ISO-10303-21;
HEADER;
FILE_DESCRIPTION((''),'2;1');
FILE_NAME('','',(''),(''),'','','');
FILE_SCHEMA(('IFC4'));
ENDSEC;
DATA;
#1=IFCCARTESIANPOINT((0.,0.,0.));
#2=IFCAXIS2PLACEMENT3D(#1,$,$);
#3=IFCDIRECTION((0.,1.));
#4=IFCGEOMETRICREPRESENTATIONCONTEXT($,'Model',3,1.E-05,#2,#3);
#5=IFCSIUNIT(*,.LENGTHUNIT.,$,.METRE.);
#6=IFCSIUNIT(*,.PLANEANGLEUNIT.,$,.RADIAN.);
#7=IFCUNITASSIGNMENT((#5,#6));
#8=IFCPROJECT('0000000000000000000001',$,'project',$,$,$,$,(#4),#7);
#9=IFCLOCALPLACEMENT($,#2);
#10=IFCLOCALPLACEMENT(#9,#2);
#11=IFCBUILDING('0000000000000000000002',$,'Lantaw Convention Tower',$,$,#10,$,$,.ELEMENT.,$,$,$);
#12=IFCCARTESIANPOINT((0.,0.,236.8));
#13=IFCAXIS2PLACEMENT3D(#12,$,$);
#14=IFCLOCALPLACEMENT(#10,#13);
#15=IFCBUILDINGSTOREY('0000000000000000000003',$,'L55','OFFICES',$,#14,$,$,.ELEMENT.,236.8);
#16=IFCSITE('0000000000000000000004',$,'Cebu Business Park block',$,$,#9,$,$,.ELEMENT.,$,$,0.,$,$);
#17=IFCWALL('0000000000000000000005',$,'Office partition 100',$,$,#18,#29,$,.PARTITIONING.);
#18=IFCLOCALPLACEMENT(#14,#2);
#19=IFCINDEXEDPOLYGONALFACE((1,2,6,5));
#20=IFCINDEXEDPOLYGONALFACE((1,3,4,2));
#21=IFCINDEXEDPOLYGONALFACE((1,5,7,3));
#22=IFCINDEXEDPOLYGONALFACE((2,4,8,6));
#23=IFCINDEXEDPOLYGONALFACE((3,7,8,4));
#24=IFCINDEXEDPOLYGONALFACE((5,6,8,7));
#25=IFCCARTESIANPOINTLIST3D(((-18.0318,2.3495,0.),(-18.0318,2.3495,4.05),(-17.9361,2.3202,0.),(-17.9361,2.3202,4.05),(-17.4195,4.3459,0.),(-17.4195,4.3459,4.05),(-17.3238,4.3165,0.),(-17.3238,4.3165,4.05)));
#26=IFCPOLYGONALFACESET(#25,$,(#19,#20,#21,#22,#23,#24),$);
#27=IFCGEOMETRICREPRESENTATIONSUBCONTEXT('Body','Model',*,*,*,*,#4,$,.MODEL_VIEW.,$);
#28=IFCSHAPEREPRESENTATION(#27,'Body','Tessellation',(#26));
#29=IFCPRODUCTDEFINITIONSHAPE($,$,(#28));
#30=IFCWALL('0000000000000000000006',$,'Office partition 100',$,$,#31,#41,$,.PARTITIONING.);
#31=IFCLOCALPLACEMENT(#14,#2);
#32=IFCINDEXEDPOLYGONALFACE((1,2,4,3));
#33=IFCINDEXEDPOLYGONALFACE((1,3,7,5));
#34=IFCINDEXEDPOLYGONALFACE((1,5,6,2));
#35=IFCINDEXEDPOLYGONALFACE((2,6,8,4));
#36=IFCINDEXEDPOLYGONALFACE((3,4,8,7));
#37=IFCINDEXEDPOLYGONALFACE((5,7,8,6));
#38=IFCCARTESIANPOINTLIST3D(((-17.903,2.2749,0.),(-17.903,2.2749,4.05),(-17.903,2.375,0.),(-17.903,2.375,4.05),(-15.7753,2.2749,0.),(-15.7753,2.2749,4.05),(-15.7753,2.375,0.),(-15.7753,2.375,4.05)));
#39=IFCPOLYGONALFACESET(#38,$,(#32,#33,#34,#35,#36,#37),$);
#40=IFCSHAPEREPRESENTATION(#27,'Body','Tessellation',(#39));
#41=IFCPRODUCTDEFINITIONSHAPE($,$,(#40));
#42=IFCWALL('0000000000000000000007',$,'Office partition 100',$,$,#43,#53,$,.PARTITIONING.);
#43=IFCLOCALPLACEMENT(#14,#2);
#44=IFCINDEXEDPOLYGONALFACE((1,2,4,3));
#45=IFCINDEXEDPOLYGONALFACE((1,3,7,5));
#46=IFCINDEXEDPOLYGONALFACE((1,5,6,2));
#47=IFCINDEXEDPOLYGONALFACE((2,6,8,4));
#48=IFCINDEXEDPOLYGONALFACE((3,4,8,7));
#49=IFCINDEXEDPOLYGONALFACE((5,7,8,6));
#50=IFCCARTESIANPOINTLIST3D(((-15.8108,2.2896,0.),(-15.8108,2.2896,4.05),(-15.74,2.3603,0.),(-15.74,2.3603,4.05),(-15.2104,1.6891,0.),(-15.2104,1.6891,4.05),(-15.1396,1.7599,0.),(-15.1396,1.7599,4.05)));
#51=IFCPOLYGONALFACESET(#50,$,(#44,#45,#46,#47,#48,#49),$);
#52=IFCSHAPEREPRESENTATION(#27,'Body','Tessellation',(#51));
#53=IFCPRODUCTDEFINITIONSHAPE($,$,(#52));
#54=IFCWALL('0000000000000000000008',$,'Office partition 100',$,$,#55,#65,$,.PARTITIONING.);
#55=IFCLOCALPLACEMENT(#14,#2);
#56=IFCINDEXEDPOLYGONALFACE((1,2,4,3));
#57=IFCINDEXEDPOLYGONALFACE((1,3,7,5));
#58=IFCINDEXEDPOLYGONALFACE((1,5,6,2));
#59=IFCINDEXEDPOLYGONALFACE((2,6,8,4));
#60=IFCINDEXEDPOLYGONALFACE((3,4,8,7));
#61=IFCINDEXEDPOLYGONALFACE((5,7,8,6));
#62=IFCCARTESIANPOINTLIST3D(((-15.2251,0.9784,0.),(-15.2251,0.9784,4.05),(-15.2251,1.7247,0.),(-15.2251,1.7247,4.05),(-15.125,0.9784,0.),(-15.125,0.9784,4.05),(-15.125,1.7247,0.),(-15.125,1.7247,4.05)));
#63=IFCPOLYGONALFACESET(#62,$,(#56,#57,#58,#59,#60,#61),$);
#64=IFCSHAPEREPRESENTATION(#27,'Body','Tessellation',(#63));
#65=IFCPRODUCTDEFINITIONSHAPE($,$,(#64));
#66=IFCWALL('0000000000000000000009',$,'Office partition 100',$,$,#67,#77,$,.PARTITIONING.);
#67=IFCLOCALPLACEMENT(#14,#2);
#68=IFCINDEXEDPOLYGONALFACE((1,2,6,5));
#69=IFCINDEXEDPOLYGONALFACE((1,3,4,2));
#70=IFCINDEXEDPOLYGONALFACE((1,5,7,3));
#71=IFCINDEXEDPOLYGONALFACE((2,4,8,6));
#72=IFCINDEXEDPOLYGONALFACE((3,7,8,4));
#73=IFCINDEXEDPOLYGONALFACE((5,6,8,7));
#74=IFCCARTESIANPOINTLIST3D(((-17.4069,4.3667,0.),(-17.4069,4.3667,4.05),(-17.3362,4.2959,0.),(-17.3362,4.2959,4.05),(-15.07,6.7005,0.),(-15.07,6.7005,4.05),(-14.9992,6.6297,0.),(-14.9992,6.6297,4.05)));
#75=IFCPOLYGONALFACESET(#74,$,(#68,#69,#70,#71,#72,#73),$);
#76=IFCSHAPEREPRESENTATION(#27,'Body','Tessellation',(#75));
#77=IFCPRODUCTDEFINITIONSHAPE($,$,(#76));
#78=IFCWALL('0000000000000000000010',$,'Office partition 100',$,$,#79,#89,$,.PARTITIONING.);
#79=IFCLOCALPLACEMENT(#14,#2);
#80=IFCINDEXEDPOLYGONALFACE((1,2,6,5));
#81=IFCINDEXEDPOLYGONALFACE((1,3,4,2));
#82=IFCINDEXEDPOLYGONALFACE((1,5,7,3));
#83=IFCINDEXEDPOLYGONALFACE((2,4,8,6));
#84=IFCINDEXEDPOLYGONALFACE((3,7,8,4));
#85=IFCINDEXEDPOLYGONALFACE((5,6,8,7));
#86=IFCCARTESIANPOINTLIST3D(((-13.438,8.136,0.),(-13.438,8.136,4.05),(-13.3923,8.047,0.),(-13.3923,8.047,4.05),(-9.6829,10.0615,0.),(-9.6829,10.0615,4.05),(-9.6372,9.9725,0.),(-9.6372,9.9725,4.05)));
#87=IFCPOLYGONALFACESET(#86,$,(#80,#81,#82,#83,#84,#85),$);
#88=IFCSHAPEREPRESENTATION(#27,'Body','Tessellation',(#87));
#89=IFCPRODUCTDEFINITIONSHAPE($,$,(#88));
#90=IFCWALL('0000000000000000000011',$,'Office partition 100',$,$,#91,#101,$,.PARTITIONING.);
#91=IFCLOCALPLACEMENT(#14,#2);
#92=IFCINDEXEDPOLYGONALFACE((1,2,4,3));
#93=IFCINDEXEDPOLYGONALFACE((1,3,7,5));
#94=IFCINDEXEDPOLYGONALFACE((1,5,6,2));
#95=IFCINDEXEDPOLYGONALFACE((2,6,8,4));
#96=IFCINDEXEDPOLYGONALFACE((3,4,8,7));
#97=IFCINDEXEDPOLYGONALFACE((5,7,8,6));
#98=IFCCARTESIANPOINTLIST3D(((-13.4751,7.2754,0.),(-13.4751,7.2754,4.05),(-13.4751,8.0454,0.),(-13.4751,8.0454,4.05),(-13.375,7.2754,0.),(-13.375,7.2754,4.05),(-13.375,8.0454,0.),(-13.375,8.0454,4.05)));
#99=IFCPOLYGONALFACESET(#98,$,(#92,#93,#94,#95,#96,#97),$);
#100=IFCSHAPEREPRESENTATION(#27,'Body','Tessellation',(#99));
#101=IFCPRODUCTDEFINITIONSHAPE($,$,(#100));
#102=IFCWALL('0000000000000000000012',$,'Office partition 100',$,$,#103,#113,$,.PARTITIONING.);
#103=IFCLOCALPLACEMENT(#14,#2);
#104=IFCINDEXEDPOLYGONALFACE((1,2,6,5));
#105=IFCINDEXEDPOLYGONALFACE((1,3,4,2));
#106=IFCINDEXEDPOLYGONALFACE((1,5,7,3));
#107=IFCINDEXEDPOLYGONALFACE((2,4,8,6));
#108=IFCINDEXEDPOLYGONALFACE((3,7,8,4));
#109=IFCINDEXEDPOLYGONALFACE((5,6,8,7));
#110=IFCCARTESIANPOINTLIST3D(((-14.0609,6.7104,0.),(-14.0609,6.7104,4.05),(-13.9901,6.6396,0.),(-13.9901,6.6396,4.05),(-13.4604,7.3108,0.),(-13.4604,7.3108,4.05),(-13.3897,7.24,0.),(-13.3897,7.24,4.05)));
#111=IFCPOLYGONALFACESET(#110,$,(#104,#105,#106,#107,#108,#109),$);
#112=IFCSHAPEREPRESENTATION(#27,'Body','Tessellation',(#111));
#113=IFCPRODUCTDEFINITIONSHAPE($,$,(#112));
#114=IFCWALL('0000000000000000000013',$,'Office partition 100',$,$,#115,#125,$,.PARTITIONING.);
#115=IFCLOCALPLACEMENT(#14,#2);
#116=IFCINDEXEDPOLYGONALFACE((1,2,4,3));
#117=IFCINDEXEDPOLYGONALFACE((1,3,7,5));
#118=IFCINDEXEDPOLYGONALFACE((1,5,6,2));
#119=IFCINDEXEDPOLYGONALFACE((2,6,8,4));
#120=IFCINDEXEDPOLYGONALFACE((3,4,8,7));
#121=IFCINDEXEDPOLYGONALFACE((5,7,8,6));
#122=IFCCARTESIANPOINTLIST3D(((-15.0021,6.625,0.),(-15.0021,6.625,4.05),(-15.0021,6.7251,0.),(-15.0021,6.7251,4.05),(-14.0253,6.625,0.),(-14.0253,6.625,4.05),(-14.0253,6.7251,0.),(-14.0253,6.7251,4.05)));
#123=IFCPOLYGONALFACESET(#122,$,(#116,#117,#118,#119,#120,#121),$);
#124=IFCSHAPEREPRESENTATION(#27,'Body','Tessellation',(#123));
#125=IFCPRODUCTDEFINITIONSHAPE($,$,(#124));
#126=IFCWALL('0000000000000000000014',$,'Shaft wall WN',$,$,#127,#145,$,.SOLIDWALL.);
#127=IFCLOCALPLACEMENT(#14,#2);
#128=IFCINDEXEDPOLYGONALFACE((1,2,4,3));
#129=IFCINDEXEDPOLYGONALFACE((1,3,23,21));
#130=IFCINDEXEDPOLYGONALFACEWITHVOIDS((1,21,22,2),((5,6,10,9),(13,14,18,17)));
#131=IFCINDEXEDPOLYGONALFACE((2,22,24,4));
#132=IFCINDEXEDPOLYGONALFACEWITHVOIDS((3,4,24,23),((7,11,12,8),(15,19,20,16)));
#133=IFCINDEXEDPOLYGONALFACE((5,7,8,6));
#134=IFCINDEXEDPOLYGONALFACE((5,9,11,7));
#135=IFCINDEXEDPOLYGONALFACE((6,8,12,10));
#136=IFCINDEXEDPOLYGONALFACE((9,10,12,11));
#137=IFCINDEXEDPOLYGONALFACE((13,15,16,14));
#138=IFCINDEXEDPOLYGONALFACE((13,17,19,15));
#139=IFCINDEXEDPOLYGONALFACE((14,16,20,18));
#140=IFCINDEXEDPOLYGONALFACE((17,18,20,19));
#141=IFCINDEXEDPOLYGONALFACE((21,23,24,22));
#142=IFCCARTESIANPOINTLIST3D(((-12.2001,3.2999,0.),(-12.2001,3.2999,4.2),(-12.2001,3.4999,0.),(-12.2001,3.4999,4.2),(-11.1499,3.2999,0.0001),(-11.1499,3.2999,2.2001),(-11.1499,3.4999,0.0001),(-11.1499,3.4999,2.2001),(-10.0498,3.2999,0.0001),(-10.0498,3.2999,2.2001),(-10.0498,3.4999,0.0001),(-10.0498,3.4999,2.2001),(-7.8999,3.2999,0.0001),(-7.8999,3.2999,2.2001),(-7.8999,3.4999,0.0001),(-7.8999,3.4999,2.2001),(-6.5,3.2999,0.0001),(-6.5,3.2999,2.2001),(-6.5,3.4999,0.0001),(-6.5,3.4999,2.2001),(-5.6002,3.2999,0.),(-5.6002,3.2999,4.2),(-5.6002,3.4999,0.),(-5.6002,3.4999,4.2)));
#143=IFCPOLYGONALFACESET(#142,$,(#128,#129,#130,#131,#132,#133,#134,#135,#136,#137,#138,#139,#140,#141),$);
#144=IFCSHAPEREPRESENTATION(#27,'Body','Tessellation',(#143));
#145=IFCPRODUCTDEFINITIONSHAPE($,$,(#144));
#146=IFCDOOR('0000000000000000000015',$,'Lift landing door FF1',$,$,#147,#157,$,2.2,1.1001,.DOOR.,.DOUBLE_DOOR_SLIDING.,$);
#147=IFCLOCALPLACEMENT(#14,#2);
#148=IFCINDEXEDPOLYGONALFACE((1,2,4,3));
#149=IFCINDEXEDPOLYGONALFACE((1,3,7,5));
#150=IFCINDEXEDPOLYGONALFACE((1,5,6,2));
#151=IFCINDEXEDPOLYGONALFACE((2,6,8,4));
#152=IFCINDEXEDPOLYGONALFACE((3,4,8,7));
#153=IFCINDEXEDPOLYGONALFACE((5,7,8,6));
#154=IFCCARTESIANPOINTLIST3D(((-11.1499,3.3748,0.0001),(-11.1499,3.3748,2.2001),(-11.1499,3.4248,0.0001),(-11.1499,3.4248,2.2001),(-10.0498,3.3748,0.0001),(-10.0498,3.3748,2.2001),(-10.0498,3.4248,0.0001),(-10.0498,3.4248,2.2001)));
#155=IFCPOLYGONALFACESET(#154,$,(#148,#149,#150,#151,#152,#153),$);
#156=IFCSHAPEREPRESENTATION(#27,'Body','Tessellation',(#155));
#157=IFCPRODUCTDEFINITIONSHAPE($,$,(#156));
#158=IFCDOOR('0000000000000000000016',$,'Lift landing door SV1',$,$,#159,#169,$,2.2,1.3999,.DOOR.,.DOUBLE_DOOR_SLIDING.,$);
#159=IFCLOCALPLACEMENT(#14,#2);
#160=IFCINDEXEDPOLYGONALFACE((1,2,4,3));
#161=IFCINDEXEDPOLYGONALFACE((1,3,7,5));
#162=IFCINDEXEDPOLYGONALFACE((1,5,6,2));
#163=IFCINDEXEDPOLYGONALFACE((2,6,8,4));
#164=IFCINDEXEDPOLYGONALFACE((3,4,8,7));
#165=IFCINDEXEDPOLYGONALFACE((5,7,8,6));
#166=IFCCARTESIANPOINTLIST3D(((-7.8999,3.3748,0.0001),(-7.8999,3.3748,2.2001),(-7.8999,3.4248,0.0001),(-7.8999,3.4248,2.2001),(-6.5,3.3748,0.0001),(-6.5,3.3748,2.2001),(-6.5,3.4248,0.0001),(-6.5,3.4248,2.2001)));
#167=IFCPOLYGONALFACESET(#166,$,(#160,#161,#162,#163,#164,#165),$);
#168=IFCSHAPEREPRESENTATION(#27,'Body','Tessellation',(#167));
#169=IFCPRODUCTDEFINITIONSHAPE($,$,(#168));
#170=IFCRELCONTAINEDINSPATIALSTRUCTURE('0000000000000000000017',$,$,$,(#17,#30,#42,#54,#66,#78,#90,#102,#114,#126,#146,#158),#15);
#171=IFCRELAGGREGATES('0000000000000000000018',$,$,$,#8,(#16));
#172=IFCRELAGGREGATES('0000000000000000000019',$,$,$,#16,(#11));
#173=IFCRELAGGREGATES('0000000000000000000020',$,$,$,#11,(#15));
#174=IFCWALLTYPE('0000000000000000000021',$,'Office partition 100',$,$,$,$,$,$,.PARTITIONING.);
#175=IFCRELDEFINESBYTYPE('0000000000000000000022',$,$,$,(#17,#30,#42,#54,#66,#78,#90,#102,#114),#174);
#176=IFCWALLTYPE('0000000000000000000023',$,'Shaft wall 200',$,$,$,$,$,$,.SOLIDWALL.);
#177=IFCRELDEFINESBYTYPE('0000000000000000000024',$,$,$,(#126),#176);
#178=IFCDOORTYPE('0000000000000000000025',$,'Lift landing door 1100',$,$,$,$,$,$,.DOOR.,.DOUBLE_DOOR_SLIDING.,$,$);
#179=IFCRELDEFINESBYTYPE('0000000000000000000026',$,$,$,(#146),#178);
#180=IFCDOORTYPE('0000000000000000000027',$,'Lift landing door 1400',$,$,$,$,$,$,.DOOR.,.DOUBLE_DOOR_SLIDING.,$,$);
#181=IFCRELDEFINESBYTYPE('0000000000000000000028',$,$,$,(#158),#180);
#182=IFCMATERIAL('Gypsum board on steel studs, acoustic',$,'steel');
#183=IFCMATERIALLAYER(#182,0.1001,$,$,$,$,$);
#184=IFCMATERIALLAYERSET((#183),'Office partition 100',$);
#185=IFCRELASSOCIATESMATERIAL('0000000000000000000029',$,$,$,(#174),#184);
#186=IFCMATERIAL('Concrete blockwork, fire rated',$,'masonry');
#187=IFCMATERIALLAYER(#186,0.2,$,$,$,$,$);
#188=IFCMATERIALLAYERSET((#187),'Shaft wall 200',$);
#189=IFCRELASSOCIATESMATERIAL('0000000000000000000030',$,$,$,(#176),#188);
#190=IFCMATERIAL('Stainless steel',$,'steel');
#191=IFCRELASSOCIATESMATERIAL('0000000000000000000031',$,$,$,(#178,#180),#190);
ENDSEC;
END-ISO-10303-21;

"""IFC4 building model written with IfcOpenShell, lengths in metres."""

from ifc_helpers import new_model, si_unit, direction, frame, frame_2d, origin, place, context, subcontext, project, spatial, rectangle, extrude, material, layer, layer_set, type_object, element, fill, save


model = new_model("IFC4")

# Units and contexts
model_context = context("Model", 3, precision=1e-05, world=origin(), true_north=direction((0.0, 1.0)))
body_context = subcontext(model_context, "Body", "Model", "MODEL_VIEW")
ifc_project = project(units=[si_unit("LENGTHUNIT", "METRE"), si_unit("PLANEANGLEUNIT", "RADIAN")], contexts=[model_context])

# Site, building, storey
site_placement = place(None, origin())
site = spatial("IfcSite", under=ifc_project, at=site_placement, Name="Cebu Business Park block", CompositionType="ELEMENT", RefElevation=0.0)
building_placement = place(site_placement, origin())
building = spatial("IfcBuilding", under=site, at=building_placement, Name="Lantaw Convention Tower", CompositionType="ELEMENT")
storey_placement = place(building_placement, frame((0.0, 0.0, 236.8)))
storey = spatial("IfcBuildingStorey", under=building, at=storey_placement, Name="L55", Description="OFFICES", CompositionType="ELEMENT", Elevation=236.8)

# Shared definitions
ifc_material_1 = material(Name="Gypsum board on steel studs, acoustic", Category="steel")
ifc_layer_1 = layer(ifc_material_1, 0.1001)
ifc_layer_set_1 = layer_set([ifc_layer_1], Name="Office partition 100")
wall_type_1 = type_object("IfcWallType", Name="Office partition 100", PredefinedType="PARTITIONING", material=ifc_layer_set_1)

# Walls
wall_1_placement = place(storey_placement, frame((-17.9839, 2.335, 0.0), z_axis=(0.0, 0.0, 1.0), x_axis=(0.293231, 0.956042, 0.0)))
element("IfcWall", 1, at=wall_1_placement, inside=storey, type_object=wall_type_1, Name="Office partition 100", PredefinedType="PARTITIONING", context=body_context, shape_type="SweptSolid", body=[
    extrude(rectangle(XDim=2.0881, YDim=0.1001, at=frame_2d((1.0439, 0.0))), origin(), (0.0, 0.0, 1.0), 4.05),
])
wall_2_placement = place(storey_placement, frame((-17.9031, 2.325, 0.0), z_axis=(0.0, 0.0, 1.0), x_axis=(1.0, 0.0, 0.0)))
element("IfcWall", 2, at=wall_2_placement, inside=storey, type_object=wall_type_1, Name="Office partition 100", PredefinedType="PARTITIONING", context=body_context, shape_type="SweptSolid", body=[
    extrude(rectangle(XDim=2.1277, YDim=0.1001, at=frame_2d((1.064, 0.0))), origin(), (0.0, 0.0, 1.0), 4.05),
])
wall_3_placement = place(storey_placement, frame((-15.7754, 2.325, 0.0), z_axis=(0.0, 0.0, 1.0), x_axis=(0.707107, -0.707107, 0.0)))
element("IfcWall", 3, at=wall_3_placement, inside=storey, type_object=wall_type_1, Name="Office partition 100", PredefinedType="PARTITIONING", context=body_context, shape_type="SweptSolid", body=[
    extrude(rectangle(XDim=0.8491, YDim=0.1001, at=frame_2d((0.4246, 0.0))), origin(), (0.0, 0.0, 1.0), 4.05),
])
wall_4_placement = place(storey_placement, frame((-15.175, 1.7246, 0.0), z_axis=(0.0, 0.0, 1.0), x_axis=(0.0, -1.0, 0.0)))
element("IfcWall", 4, at=wall_4_placement, inside=storey, type_object=wall_type_1, Name="Office partition 100", PredefinedType="PARTITIONING", context=body_context, shape_type="SweptSolid", body=[
    extrude(rectangle(XDim=0.7463, YDim=0.1001, at=frame_2d((0.373, 0.0))), origin(), (0.0, 0.0, 1.0), 4.05),
])
wall_5_placement = place(storey_placement, frame((-17.3716, 4.3313, 0.0), z_axis=(0.0, 0.0, 1.0), x_axis=(0.707587, 0.706626, 0.0)))
element("IfcWall", 5, at=wall_5_placement, inside=storey, type_object=wall_type_1, Name="Office partition 100", PredefinedType="PARTITIONING", context=body_context, shape_type="SweptSolid", body=[
    extrude(rectangle(XDim=3.3027, YDim=0.1001, at=frame_2d((1.6514, 0.0))), origin(), (0.0, 0.0, 1.0), 4.05),
])
wall_6_placement = place(storey_placement, frame((-13.415, 8.0916, 0.0), z_axis=(0.0, 0.0, 1.0), x_axis=(0.889834, 0.456285, 0.0)))
element("IfcWall", 6, at=wall_6_placement, inside=storey, type_object=wall_type_1, Name="Office partition 100", PredefinedType="PARTITIONING", context=body_context, shape_type="SweptSolid", body=[
    extrude(rectangle(XDim=4.22, YDim=0.1001, at=frame_2d((2.1099, 0.0))), origin(), (0.0, 0.0, 1.0), 4.05),
])
wall_7_placement = place(storey_placement, frame((-13.425, 8.0454, 0.0), z_axis=(0.0, 0.0, 1.0), x_axis=(0.0, -1.0, 0.0)))
element("IfcWall", 7, at=wall_7_placement, inside=storey, type_object=wall_type_1, Name="Office partition 100", PredefinedType="PARTITIONING", context=body_context, shape_type="SweptSolid", body=[
    extrude(rectangle(XDim=0.77, YDim=0.1001, at=frame_2d((0.385, 0.0))), origin(), (0.0, 0.0, 1.0), 4.05),
])
wall_8_placement = place(storey_placement, frame((-13.425, 7.2754, 0.0), z_axis=(0.0, 0.0, 1.0), x_axis=(-0.707107, -0.707107, 0.0)))
element("IfcWall", 8, at=wall_8_placement, inside=storey, type_object=wall_type_1, Name="Office partition 100", PredefinedType="PARTITIONING", context=body_context, shape_type="SweptSolid", body=[
    extrude(rectangle(XDim=0.8491, YDim=0.1001, at=frame_2d((0.4246, 0.0))), origin(), (0.0, 0.0, 1.0), 4.05),
])
wall_9_placement = place(storey_placement, frame((-14.0254, 6.675, 0.0), z_axis=(0.0, 0.0, 1.0), x_axis=(-1.0, 0.0, 0.0)))
element("IfcWall", 9, at=wall_9_placement, inside=storey, type_object=wall_type_1, Name="Office partition 100", PredefinedType="PARTITIONING", context=body_context, shape_type="SweptSolid", body=[
    extrude(rectangle(XDim=0.9768, YDim=0.1001, at=frame_2d((0.4883, 0.0))), origin(), (0.0, 0.0, 1.0), 4.05),
])

# Wall, openings, doors
ifc_material_2 = material(Name="Concrete blockwork, fire rated", Category="masonry")
ifc_layer_2 = layer(ifc_material_2, 0.2)
ifc_layer_set_2 = layer_set([ifc_layer_2], Name="Shaft wall 200")
wall_type_2 = type_object("IfcWallType", Name="Shaft wall 200", PredefinedType="SOLIDWALL", material=ifc_layer_set_2)
wall_10_placement = place(storey_placement, frame((-12.2, 3.3999, 0.0), z_axis=(0.0, 0.0, 1.0), x_axis=(1.0, 0.0, 0.0)))
wall_10 = element("IfcWall", 10, at=wall_10_placement, inside=storey, type_object=wall_type_2, Name="Shaft wall WN", PredefinedType="SOLIDWALL", context=body_context, shape_type="SweptSolid", body=[
    extrude(rectangle(XDim=6.5999, YDim=0.2, at=frame_2d((3.2998, 0.0))), origin(), (0.0, 0.0, 1.0), 4.2),
])
opening_1_placement = place(wall_10_placement, frame((1.05, 0.0, 0.0)))
opening_1 = element("IfcOpeningElement", 11, at=opening_1_placement, cuts=wall_10, PredefinedType="OPENING", context=body_context, shape_type="SweptSolid", body=[
    extrude(rectangle(XDim=1.1001, YDim=2.2, at=frame_2d((0.55, 1.1001))), frame((0.0, 0.1099, 0.0), z_axis=(0.0, -1.0, 0.0), x_axis=(1.0, 0.0, 0.0)), (0.0, 0.0, 1.0), 0.22),
])
opening_2_placement = place(wall_10_placement, frame((4.3, 0.0, 0.0)))
opening_2 = element("IfcOpeningElement", 12, at=opening_2_placement, cuts=wall_10, PredefinedType="OPENING", context=body_context, shape_type="SweptSolid", body=[
    extrude(rectangle(XDim=1.3999, YDim=2.2, at=frame_2d((0.7, 1.1001))), frame((0.0, 0.1099, 0.0), z_axis=(0.0, -1.0, 0.0), x_axis=(1.0, 0.0, 0.0)), (0.0, 0.0, 1.0), 0.22),
])
ifc_material_3 = material(Name="Stainless steel", Category="steel")
door_type_1 = type_object("IfcDoorType", Name="Lift landing door 1100", OperationType="DOUBLE_DOOR_SLIDING", PredefinedType="DOOR", material=ifc_material_3)
door_1_placement = place(opening_1_placement, origin())
door_1 = element("IfcDoor", 13, at=door_1_placement, inside=storey, type_object=door_type_1, Name="Lift landing door FF1", OperationType="DOUBLE_DOOR_SLIDING", OverallHeight=2.2, OverallWidth=1.1001, PredefinedType="DOOR", context=body_context, shape_type="SweptSolid", body=[
    extrude(rectangle(XDim=1.1001, YDim=2.2, at=frame_2d((0.55, 1.1001))), frame((0.0, 0.0249, 0.0), z_axis=(0.0, -1.0, 0.0), x_axis=(1.0, 0.0, 0.0)), (0.0, 0.0, 1.0), 0.05),
])
fill(opening_1, door_1)
door_type_2 = type_object("IfcDoorType", Name="Lift landing door 1400", OperationType="DOUBLE_DOOR_SLIDING", PredefinedType="DOOR", material=ifc_material_3)
door_2_placement = place(opening_2_placement, origin())
door_2 = element("IfcDoor", 14, at=door_2_placement, inside=storey, type_object=door_type_2, Name="Lift landing door SV1", OperationType="DOUBLE_DOOR_SLIDING", OverallHeight=2.2, OverallWidth=1.3999, PredefinedType="DOOR", context=body_context, shape_type="SweptSolid", body=[
    extrude(rectangle(XDim=1.3999, YDim=2.2, at=frame_2d((0.7, 1.1001))), frame((0.0, 0.0249, 0.0), z_axis=(0.0, -1.0, 0.0), x_axis=(1.0, 0.0, 0.0)), (0.0, 0.0, 1.0), 0.05),
])
fill(opening_2, door_2)

save(model, "model.ifc")
